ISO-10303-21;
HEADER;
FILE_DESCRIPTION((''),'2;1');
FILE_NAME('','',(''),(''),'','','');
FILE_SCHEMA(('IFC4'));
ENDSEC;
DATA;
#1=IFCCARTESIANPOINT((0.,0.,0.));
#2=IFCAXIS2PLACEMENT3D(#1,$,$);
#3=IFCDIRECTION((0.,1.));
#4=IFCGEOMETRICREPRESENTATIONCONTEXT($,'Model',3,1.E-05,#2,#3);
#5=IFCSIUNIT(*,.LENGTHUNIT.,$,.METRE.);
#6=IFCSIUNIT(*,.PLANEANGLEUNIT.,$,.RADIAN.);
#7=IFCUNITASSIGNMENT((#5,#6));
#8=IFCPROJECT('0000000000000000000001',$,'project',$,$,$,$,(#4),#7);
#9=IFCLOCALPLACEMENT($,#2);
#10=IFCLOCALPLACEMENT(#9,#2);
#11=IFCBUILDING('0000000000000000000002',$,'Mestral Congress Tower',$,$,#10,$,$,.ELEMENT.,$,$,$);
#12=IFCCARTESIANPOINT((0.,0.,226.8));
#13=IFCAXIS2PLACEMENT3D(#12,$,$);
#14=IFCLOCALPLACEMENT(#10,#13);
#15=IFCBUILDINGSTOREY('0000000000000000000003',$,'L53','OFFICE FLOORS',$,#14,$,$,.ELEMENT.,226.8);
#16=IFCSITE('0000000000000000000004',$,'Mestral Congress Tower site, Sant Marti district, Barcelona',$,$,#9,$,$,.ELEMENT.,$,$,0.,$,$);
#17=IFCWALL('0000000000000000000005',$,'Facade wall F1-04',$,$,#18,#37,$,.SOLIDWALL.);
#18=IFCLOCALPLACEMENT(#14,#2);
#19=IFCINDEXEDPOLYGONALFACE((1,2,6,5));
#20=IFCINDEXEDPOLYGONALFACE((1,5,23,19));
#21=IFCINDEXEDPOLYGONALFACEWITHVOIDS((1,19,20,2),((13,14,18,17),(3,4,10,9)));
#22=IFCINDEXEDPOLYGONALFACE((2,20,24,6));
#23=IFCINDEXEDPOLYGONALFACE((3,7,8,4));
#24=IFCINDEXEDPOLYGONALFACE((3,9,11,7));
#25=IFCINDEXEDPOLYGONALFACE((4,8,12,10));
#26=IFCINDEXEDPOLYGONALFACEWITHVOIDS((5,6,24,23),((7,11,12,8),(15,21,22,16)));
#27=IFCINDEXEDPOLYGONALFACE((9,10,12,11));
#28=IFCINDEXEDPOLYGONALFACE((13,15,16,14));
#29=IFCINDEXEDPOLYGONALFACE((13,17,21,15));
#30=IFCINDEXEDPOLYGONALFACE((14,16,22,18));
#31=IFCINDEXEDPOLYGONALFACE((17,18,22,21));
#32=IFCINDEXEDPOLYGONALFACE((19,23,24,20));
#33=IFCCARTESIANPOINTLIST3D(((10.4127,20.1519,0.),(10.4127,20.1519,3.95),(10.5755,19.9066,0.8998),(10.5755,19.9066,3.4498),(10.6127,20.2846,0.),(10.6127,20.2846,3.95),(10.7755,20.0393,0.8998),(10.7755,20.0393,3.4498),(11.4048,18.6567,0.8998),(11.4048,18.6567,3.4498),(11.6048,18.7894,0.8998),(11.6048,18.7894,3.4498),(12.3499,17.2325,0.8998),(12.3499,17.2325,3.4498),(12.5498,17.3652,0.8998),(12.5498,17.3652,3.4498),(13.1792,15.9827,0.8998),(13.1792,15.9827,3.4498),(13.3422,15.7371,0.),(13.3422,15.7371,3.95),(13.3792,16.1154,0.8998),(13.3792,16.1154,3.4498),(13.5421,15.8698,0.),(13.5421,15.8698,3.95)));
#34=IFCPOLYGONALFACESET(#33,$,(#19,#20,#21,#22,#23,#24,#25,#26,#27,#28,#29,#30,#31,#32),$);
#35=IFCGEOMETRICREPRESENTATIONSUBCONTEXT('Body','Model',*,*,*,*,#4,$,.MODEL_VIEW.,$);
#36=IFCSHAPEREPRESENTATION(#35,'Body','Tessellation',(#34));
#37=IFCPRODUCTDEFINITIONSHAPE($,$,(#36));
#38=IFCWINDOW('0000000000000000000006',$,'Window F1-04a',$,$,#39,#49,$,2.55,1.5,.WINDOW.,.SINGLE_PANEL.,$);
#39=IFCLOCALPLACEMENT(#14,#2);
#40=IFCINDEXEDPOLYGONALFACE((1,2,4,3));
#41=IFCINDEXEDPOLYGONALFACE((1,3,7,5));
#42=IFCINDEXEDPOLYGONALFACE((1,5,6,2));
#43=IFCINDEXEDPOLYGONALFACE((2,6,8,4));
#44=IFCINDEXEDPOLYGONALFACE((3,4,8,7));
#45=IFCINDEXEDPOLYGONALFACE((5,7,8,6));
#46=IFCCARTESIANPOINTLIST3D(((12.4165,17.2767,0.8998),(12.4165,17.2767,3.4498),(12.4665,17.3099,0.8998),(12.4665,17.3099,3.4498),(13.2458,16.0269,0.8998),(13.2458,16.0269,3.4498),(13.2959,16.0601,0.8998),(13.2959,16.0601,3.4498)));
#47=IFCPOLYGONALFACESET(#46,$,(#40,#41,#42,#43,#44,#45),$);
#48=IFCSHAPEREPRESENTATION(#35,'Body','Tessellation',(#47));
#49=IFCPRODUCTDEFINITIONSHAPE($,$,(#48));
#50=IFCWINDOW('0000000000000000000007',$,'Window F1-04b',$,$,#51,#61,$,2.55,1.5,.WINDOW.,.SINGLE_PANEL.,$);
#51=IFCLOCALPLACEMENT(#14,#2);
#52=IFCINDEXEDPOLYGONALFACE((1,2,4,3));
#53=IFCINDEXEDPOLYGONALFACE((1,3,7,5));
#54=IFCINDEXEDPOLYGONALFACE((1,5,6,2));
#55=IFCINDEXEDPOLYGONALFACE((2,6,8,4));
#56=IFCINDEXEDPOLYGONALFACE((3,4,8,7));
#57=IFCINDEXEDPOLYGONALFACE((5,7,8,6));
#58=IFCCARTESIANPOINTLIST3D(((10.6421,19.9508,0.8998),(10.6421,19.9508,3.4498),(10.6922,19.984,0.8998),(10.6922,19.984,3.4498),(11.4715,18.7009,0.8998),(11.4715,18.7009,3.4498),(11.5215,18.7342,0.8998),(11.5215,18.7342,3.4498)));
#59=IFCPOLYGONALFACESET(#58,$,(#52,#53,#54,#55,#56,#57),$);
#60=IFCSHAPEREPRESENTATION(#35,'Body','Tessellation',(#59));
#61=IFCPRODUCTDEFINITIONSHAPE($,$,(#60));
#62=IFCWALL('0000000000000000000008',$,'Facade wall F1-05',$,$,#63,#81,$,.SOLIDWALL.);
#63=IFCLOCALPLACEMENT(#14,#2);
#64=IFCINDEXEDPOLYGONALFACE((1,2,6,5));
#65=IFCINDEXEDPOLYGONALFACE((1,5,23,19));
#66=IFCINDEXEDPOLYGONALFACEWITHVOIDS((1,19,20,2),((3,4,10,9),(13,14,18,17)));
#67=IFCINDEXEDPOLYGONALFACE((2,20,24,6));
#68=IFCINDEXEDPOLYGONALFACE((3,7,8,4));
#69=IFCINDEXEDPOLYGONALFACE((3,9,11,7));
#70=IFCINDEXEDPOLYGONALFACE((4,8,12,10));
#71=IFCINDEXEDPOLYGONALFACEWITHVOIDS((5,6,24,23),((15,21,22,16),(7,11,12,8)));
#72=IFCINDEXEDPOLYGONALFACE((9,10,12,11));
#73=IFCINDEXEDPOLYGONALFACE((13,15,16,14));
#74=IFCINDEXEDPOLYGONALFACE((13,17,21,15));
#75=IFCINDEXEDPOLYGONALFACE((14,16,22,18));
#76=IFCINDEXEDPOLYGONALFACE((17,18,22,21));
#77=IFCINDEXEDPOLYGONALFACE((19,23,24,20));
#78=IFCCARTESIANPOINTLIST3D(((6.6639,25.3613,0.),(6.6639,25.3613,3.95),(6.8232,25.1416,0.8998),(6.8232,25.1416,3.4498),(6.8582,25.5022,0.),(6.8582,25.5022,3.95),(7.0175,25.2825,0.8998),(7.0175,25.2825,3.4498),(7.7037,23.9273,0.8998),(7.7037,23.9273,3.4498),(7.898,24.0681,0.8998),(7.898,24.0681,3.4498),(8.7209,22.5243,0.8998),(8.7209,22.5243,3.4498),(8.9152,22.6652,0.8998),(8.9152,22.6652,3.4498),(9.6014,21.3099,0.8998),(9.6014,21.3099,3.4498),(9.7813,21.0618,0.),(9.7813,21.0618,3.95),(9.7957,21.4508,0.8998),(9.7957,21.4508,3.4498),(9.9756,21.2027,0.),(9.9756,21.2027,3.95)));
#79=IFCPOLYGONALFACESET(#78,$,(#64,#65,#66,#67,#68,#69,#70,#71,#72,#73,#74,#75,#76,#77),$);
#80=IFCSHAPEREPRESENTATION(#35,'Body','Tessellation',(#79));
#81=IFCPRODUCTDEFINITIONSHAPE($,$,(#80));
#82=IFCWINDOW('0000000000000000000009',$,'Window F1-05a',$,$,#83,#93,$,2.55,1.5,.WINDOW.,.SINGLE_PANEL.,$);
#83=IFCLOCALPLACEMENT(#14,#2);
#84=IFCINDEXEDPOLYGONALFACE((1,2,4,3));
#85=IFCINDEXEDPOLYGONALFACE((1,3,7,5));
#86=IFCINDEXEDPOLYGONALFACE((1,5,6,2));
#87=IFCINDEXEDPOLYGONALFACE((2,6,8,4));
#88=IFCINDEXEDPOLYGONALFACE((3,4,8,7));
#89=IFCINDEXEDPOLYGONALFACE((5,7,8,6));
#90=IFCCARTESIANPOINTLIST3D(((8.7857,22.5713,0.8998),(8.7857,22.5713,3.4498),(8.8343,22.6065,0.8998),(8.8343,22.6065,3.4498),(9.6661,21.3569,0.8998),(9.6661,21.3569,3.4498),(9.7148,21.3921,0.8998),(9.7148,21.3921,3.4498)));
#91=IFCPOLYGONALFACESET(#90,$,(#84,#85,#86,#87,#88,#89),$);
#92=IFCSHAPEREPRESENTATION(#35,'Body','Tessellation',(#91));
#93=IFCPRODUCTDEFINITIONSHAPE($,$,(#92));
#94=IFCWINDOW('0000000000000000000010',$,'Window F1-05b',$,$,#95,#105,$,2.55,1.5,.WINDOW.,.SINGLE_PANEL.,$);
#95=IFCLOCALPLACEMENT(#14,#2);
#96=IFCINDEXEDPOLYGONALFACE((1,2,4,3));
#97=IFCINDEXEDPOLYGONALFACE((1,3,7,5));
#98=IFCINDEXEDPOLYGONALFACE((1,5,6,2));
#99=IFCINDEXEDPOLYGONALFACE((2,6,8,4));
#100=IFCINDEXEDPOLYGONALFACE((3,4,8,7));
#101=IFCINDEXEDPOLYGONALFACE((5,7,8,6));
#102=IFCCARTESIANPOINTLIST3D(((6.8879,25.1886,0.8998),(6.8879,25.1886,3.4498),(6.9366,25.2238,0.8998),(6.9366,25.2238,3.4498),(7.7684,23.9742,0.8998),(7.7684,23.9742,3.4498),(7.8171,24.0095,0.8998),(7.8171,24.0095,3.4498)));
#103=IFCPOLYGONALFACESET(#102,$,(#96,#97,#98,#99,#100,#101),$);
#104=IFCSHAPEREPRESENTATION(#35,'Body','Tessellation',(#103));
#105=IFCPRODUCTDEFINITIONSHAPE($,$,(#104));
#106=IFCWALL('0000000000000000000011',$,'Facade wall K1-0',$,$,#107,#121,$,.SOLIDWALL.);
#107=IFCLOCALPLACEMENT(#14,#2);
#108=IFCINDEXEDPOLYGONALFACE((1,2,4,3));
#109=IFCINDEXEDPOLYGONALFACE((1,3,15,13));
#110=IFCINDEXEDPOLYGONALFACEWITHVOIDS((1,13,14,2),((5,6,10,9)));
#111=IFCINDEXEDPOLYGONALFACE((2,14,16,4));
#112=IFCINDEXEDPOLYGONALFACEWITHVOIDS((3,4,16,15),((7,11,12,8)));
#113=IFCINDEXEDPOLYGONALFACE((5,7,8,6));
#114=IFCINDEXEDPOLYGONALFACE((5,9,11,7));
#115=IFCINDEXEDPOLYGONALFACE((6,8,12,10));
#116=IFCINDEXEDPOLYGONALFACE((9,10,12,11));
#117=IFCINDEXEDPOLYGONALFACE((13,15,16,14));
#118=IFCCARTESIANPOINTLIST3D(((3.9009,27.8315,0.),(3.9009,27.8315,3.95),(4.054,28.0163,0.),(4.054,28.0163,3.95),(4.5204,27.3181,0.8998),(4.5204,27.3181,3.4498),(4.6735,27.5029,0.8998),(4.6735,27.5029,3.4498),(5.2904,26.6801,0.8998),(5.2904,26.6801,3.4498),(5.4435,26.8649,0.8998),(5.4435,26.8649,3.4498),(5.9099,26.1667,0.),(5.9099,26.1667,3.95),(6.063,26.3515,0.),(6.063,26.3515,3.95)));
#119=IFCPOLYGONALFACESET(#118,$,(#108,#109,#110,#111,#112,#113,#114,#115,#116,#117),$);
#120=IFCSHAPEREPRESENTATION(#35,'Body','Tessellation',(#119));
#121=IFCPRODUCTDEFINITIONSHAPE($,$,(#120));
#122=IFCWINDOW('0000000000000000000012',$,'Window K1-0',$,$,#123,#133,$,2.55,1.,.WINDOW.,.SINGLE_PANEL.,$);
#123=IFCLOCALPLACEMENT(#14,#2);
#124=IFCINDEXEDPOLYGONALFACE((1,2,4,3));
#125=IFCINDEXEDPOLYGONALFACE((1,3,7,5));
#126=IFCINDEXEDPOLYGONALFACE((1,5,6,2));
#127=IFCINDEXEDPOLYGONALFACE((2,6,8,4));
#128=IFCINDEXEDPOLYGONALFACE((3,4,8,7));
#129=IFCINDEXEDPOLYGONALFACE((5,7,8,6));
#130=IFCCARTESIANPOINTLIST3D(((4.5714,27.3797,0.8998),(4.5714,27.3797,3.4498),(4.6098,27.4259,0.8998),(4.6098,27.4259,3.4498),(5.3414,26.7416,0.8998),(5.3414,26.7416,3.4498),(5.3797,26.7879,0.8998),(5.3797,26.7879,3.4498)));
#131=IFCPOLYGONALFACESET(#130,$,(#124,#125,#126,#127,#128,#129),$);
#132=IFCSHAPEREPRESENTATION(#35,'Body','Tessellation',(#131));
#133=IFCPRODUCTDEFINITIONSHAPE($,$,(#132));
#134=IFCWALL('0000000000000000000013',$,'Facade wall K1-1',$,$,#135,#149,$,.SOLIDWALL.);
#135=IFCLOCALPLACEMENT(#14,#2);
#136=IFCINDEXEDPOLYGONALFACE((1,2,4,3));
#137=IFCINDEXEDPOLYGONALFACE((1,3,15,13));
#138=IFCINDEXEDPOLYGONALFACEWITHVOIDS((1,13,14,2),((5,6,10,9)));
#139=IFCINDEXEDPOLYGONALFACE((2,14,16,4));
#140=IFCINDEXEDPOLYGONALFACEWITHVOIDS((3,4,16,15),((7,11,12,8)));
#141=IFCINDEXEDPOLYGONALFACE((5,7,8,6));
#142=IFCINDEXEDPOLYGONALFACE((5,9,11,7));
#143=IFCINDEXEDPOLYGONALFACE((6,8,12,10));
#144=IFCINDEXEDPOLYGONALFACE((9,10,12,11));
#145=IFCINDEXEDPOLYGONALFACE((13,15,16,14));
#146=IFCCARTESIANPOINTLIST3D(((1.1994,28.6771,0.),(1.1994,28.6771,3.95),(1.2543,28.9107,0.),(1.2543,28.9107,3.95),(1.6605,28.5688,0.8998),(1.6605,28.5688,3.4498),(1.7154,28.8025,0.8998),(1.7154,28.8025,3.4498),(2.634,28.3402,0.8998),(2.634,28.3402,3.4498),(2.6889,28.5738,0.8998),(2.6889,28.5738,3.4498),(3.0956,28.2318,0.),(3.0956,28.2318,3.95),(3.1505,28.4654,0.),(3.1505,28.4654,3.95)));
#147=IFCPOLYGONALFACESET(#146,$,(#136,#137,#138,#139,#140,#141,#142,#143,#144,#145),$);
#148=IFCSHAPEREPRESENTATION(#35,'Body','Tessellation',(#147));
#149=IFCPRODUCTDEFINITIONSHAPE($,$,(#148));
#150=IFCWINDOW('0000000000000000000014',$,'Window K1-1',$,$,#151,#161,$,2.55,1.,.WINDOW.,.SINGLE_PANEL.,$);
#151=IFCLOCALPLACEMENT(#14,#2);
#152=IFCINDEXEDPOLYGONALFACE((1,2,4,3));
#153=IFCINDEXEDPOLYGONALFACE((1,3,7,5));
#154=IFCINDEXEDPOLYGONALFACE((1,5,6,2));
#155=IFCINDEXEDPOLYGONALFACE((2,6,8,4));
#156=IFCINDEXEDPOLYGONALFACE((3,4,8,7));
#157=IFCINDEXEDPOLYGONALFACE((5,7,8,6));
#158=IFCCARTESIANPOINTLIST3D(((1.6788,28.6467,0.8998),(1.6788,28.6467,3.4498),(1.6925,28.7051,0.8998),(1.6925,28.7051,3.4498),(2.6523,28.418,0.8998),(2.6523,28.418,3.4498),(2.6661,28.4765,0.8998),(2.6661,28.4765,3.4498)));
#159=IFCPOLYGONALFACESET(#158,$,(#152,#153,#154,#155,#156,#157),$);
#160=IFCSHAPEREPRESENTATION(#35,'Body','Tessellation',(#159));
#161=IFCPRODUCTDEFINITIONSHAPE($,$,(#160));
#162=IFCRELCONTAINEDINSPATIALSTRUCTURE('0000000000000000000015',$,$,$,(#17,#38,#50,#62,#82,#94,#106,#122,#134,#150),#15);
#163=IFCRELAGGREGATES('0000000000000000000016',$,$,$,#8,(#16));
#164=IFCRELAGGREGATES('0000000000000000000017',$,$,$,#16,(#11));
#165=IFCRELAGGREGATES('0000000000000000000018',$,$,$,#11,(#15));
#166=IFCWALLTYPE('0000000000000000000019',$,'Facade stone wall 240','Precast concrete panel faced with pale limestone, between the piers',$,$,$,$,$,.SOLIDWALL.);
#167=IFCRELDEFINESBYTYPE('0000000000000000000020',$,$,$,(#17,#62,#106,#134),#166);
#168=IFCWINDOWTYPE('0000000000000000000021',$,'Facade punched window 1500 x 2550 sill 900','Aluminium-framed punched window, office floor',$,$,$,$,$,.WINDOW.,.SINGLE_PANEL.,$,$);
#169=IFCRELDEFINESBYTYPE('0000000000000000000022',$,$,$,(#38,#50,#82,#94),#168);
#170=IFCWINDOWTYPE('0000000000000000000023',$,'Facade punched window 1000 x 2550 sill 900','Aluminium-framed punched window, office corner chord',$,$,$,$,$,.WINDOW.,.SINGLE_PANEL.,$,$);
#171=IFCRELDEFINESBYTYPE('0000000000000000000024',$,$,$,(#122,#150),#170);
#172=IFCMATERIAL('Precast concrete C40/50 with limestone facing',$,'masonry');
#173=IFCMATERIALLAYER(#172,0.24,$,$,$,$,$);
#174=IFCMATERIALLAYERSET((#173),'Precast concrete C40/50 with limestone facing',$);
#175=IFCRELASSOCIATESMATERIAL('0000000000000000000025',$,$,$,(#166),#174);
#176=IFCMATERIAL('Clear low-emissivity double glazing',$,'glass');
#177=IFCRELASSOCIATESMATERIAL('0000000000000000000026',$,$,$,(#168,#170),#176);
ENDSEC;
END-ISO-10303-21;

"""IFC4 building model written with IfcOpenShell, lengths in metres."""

from ifc_helpers import new_model, si_unit, direction, frame, frame_2d, origin, place, context, subcontext, project, spatial, rectangle, extrude, material, layer, layer_set, type_object, element, fill, save


model = new_model("IFC4")

# Units and contexts
model_context = context("Model", 3, precision=1e-05, world=origin(), true_north=direction((0.0, 1.0)))
body_context = subcontext(model_context, "Body", "Model", "MODEL_VIEW")
ifc_project = project(units=[si_unit("LENGTHUNIT", "METRE"), si_unit("PLANEANGLEUNIT", "RADIAN")], contexts=[model_context])

# Site, building, storey
site_placement = place(None, origin())
site = spatial("IfcSite", under=ifc_project, at=site_placement, Name="Mestral Congress Tower site, Sant Marti district, Barcelona", CompositionType="ELEMENT", RefElevation=0.0)
building_placement = place(site_placement, origin())
building = spatial("IfcBuilding", under=site, at=building_placement, Name="Mestral Congress Tower", CompositionType="ELEMENT")
storey_placement = place(building_placement, frame((0.0, 0.0, 226.8)))
storey = spatial("IfcBuildingStorey", under=building, at=storey_placement, Name="L53", Description="OFFICE FLOORS", CompositionType="ELEMENT", Elevation=226.8)

# Walls, openings, windows
ifc_material_1 = material(Name="Precast concrete C40/50 with limestone facing", Category="masonry")
ifc_layer_1 = layer(ifc_material_1, 0.24)
ifc_layer_set_1 = layer_set([ifc_layer_1], Name="Precast concrete C40/50 with limestone facing")
wall_type_1 = type_object("IfcWallType", Name="Facade stone wall 240", Description="Precast concrete panel faced with pale limestone, between the piers", PredefinedType="SOLIDWALL", material=ifc_layer_set_1)
wall_1_placement = place(storey_placement, frame((13.4421, 15.8035, 0.0), z_axis=(0.0, 0.0, 1.0), x_axis=(-0.552902, 0.833246, 0.0)))
wall_1 = element("IfcWall", 1, at=wall_1_placement, inside=storey, type_object=wall_type_1, Name="Facade wall F1-04", PredefinedType="SOLIDWALL", context=body_context, shape_type="SweptSolid", body=[
    extrude(rectangle(XDim=5.2983, YDim=0.24, at=frame_2d((2.6492, 0.0))), origin(), (0.0, 0.0, 1.0), 3.95),
])
opening_1_placement = place(wall_1_placement, frame((0.2947, 0.0, 0.8999)))
opening_1 = element("IfcOpeningElement", 2, at=opening_1_placement, cuts=wall_1, PredefinedType="OPENING", context=body_context, shape_type="SweptSolid", body=[
    extrude(rectangle(XDim=1.5, YDim=2.55, at=frame_2d((0.75, 1.2749))), frame((0.0, 0.1299, 0.0), z_axis=(0.0, -1.0, 0.0), x_axis=(1.0, 0.0, 0.0)), (0.0, 0.0, 1.0), 0.26),
])
opening_2_placement = place(wall_1_placement, frame((3.5039, 0.0, 0.8999)))
opening_2 = element("IfcOpeningElement", 3, at=opening_2_placement, cuts=wall_1, PredefinedType="OPENING", context=body_context, shape_type="SweptSolid", body=[
    extrude(rectangle(XDim=1.5, YDim=2.55, at=frame_2d((0.75, 1.2749))), frame((0.0, 0.1299, 0.0), z_axis=(0.0, -1.0, 0.0), x_axis=(1.0, 0.0, 0.0)), (0.0, 0.0, 1.0), 0.26),
])
ifc_material_2 = material(Name="Clear low-emissivity double glazing", Category="glass")
window_type_1 = type_object("IfcWindowType", Name="Facade punched window 1500 x 2550 sill 900", Description="Aluminium-framed punched window, office floor", PartitioningType="SINGLE_PANEL", PredefinedType="WINDOW", material=ifc_material_2)
window_1_placement = place(opening_1_placement, origin())
window_1 = element("IfcWindow", 4, at=window_1_placement, inside=storey, type_object=window_type_1, Name="Window F1-04a", OverallHeight=2.55, OverallWidth=1.5, PartitioningType="SINGLE_PANEL", PredefinedType="WINDOW", context=body_context, shape_type="SweptSolid", body=[
    extrude(rectangle(XDim=1.5, YDim=2.55, at=frame_2d((0.75, 1.2749))), frame((0.0, 0.04, 0.0), z_axis=(0.0, -1.0, 0.0), x_axis=(1.0, 0.0, 0.0)), (0.0, 0.0, 1.0), 0.0601),
])
fill(opening_1, window_1)
window_2_placement = place(opening_2_placement, origin())
window_2 = element("IfcWindow", 5, at=window_2_placement, inside=storey, type_object=window_type_1, Name="Window F1-04b", OverallHeight=2.55, OverallWidth=1.5, PartitioningType="SINGLE_PANEL", PredefinedType="WINDOW", context=body_context, shape_type="SweptSolid", body=[
    extrude(rectangle(XDim=1.5, YDim=2.55, at=frame_2d((0.75, 1.2749))), frame((0.0, 0.04, 0.0), z_axis=(0.0, -1.0, 0.0), x_axis=(1.0, 0.0, 0.0)), (0.0, 0.0, 1.0), 0.0601),
])
fill(opening_2, window_2)
wall_2_placement = place(storey_placement, frame((9.8784, 21.1323, 0.0), z_axis=(0.0, 0.0, 1.0), x_axis=(-0.586998, 0.809588, 0.0)))
wall_2 = element("IfcWall", 6, at=wall_2_placement, inside=storey, type_object=wall_type_1, Name="Facade wall F1-05", PredefinedType="SOLIDWALL", context=body_context, shape_type="SweptSolid", body=[
    extrude(rectangle(XDim=5.3108, YDim=0.24, at=frame_2d((2.6553, 0.0))), origin(), (0.0, 0.0, 1.0), 3.95),
])
opening_3_placement = place(wall_2_placement, frame((0.3064, 0.0, 0.8999)))
opening_3 = element("IfcOpeningElement", 7, at=opening_3_placement, cuts=wall_2, PredefinedType="OPENING", context=body_context, shape_type="SweptSolid", body=[
    extrude(rectangle(XDim=1.5, YDim=2.55, at=frame_2d((0.75, 1.2749))), frame((0.0, 0.1299, 0.0), z_axis=(0.0, -1.0, 0.0), x_axis=(1.0, 0.0, 0.0)), (0.0, 0.0, 1.0), 0.26),
])
opening_4_placement = place(wall_2_placement, frame((3.5393, 0.0, 0.8999)))
opening_4 = element("IfcOpeningElement", 8, at=opening_4_placement, cuts=wall_2, PredefinedType="OPENING", context=body_context, shape_type="SweptSolid", body=[
    extrude(rectangle(XDim=1.5, YDim=2.55, at=frame_2d((0.75, 1.2749))), frame((0.0, 0.1299, 0.0), z_axis=(0.0, -1.0, 0.0), x_axis=(1.0, 0.0, 0.0)), (0.0, 0.0, 1.0), 0.26),
])
window_3_placement = place(opening_3_placement, origin())
window_3 = element("IfcWindow", 9, at=window_3_placement, inside=storey, type_object=window_type_1, Name="Window F1-05a", OverallHeight=2.55, OverallWidth=1.5, PartitioningType="SINGLE_PANEL", PredefinedType="WINDOW", context=body_context, shape_type="SweptSolid", body=[
    extrude(rectangle(XDim=1.5, YDim=2.55, at=frame_2d((0.75, 1.2749))), frame((0.0, 0.04, 0.0), z_axis=(0.0, -1.0, 0.0), x_axis=(1.0, 0.0, 0.0)), (0.0, 0.0, 1.0), 0.0601),
])
fill(opening_3, window_3)
window_4_placement = place(opening_4_placement, origin())
window_4 = element("IfcWindow", 10, at=window_4_placement, inside=storey, type_object=window_type_1, Name="Window F1-05b", OverallHeight=2.55, OverallWidth=1.5, PartitioningType="SINGLE_PANEL", PredefinedType="WINDOW", context=body_context, shape_type="SweptSolid", body=[
    extrude(rectangle(XDim=1.5, YDim=2.55, at=frame_2d((0.75, 1.2749))), frame((0.0, 0.04, 0.0), z_axis=(0.0, -1.0, 0.0), x_axis=(1.0, 0.0, 0.0)), (0.0, 0.0, 1.0), 0.0601),
])
fill(opening_4, window_4)

# Walls, openings, windows
wall_3_placement = place(storey_placement, frame((5.9866, 26.259, 0.0), z_axis=(0.0, 0.0, 1.0), x_axis=(-0.76999, 0.638056, 0.0)))
wall_3 = element("IfcWall", 11, at=wall_3_placement, inside=storey, type_object=wall_type_1, Name="Facade wall K1-0", PredefinedType="SOLIDWALL", context=body_context, shape_type="SweptSolid", body=[
    extrude(rectangle(XDim=2.6091, YDim=0.24, at=frame_2d((1.3047, 0.0))), origin(), (0.0, 0.0, 1.0), 3.95),
])
opening_5_placement = place(wall_3_placement, frame((0.8047, 0.0, 0.8999)))
opening_5 = element("IfcOpeningElement", 12, at=opening_5_placement, cuts=wall_3, PredefinedType="OPENING", context=body_context, shape_type="SweptSolid", body=[
    extrude(rectangle(XDim=1.0, YDim=2.55, at=frame_2d((0.5, 1.2749))), frame((0.0, 0.1299, 0.0), z_axis=(0.0, -1.0, 0.0), x_axis=(1.0, 0.0, 0.0)), (0.0, 0.0, 1.0), 0.26),
])
window_type_2 = type_object("IfcWindowType", Name="Facade punched window 1000 x 2550 sill 900", Description="Aluminium-framed punched window, office corner chord", PartitioningType="SINGLE_PANEL", PredefinedType="WINDOW", material=ifc_material_2)
window_5_placement = place(opening_5_placement, origin())
window_5 = element("IfcWindow", 13, at=window_5_placement, inside=storey, type_object=window_type_2, Name="Window K1-0", OverallHeight=2.55, OverallWidth=1.0, PartitioningType="SINGLE_PANEL", PredefinedType="WINDOW", context=body_context, shape_type="SweptSolid", body=[
    extrude(rectangle(XDim=1.0, YDim=2.55, at=frame_2d((0.5, 1.2749))), frame((0.0, 0.04, 0.0), z_axis=(0.0, -1.0, 0.0), x_axis=(1.0, 0.0, 0.0)), (0.0, 0.0, 1.0), 0.0601),
])
fill(opening_5, window_5)
wall_4_placement = place(storey_placement, frame((3.123, 28.3486, 0.0), z_axis=(0.0, 0.0, 1.0), x_axis=(-0.973516, 0.22862, 0.0)))
wall_4 = element("IfcWall", 14, at=wall_4_placement, inside=storey, type_object=wall_type_1, Name="Facade wall K1-1", PredefinedType="SOLIDWALL", context=body_context, shape_type="SweptSolid", body=[
    extrude(rectangle(XDim=1.9478, YDim=0.24, at=frame_2d((0.9739, 0.0))), origin(), (0.0, 0.0, 1.0), 3.95),
])
opening_6_placement = place(wall_4_placement, frame((0.4741, 0.0, 0.8999)))
opening_6 = element("IfcOpeningElement", 15, at=opening_6_placement, cuts=wall_4, PredefinedType="OPENING", context=body_context, shape_type="SweptSolid", body=[
    extrude(rectangle(XDim=1.0, YDim=2.55, at=frame_2d((0.5, 1.2749))), frame((0.0, 0.1299, 0.0), z_axis=(0.0, -1.0, 0.0), x_axis=(1.0, 0.0, 0.0)), (0.0, 0.0, 1.0), 0.26),
])
window_6_placement = place(opening_6_placement, origin())
window_6 = element("IfcWindow", 16, at=window_6_placement, inside=storey, type_object=window_type_2, Name="Window K1-1", OverallHeight=2.55, OverallWidth=1.0, PartitioningType="SINGLE_PANEL", PredefinedType="WINDOW", context=body_context, shape_type="SweptSolid", body=[
    extrude(rectangle(XDim=1.0, YDim=2.55, at=frame_2d((0.5, 1.2749))), frame((0.0, 0.04, 0.0), z_axis=(0.0, -1.0, 0.0), x_axis=(1.0, 0.0, 0.0)), (0.0, 0.0, 1.0), 0.0601),
])
fill(opening_6, window_6)

save(model, "model.ifc")
